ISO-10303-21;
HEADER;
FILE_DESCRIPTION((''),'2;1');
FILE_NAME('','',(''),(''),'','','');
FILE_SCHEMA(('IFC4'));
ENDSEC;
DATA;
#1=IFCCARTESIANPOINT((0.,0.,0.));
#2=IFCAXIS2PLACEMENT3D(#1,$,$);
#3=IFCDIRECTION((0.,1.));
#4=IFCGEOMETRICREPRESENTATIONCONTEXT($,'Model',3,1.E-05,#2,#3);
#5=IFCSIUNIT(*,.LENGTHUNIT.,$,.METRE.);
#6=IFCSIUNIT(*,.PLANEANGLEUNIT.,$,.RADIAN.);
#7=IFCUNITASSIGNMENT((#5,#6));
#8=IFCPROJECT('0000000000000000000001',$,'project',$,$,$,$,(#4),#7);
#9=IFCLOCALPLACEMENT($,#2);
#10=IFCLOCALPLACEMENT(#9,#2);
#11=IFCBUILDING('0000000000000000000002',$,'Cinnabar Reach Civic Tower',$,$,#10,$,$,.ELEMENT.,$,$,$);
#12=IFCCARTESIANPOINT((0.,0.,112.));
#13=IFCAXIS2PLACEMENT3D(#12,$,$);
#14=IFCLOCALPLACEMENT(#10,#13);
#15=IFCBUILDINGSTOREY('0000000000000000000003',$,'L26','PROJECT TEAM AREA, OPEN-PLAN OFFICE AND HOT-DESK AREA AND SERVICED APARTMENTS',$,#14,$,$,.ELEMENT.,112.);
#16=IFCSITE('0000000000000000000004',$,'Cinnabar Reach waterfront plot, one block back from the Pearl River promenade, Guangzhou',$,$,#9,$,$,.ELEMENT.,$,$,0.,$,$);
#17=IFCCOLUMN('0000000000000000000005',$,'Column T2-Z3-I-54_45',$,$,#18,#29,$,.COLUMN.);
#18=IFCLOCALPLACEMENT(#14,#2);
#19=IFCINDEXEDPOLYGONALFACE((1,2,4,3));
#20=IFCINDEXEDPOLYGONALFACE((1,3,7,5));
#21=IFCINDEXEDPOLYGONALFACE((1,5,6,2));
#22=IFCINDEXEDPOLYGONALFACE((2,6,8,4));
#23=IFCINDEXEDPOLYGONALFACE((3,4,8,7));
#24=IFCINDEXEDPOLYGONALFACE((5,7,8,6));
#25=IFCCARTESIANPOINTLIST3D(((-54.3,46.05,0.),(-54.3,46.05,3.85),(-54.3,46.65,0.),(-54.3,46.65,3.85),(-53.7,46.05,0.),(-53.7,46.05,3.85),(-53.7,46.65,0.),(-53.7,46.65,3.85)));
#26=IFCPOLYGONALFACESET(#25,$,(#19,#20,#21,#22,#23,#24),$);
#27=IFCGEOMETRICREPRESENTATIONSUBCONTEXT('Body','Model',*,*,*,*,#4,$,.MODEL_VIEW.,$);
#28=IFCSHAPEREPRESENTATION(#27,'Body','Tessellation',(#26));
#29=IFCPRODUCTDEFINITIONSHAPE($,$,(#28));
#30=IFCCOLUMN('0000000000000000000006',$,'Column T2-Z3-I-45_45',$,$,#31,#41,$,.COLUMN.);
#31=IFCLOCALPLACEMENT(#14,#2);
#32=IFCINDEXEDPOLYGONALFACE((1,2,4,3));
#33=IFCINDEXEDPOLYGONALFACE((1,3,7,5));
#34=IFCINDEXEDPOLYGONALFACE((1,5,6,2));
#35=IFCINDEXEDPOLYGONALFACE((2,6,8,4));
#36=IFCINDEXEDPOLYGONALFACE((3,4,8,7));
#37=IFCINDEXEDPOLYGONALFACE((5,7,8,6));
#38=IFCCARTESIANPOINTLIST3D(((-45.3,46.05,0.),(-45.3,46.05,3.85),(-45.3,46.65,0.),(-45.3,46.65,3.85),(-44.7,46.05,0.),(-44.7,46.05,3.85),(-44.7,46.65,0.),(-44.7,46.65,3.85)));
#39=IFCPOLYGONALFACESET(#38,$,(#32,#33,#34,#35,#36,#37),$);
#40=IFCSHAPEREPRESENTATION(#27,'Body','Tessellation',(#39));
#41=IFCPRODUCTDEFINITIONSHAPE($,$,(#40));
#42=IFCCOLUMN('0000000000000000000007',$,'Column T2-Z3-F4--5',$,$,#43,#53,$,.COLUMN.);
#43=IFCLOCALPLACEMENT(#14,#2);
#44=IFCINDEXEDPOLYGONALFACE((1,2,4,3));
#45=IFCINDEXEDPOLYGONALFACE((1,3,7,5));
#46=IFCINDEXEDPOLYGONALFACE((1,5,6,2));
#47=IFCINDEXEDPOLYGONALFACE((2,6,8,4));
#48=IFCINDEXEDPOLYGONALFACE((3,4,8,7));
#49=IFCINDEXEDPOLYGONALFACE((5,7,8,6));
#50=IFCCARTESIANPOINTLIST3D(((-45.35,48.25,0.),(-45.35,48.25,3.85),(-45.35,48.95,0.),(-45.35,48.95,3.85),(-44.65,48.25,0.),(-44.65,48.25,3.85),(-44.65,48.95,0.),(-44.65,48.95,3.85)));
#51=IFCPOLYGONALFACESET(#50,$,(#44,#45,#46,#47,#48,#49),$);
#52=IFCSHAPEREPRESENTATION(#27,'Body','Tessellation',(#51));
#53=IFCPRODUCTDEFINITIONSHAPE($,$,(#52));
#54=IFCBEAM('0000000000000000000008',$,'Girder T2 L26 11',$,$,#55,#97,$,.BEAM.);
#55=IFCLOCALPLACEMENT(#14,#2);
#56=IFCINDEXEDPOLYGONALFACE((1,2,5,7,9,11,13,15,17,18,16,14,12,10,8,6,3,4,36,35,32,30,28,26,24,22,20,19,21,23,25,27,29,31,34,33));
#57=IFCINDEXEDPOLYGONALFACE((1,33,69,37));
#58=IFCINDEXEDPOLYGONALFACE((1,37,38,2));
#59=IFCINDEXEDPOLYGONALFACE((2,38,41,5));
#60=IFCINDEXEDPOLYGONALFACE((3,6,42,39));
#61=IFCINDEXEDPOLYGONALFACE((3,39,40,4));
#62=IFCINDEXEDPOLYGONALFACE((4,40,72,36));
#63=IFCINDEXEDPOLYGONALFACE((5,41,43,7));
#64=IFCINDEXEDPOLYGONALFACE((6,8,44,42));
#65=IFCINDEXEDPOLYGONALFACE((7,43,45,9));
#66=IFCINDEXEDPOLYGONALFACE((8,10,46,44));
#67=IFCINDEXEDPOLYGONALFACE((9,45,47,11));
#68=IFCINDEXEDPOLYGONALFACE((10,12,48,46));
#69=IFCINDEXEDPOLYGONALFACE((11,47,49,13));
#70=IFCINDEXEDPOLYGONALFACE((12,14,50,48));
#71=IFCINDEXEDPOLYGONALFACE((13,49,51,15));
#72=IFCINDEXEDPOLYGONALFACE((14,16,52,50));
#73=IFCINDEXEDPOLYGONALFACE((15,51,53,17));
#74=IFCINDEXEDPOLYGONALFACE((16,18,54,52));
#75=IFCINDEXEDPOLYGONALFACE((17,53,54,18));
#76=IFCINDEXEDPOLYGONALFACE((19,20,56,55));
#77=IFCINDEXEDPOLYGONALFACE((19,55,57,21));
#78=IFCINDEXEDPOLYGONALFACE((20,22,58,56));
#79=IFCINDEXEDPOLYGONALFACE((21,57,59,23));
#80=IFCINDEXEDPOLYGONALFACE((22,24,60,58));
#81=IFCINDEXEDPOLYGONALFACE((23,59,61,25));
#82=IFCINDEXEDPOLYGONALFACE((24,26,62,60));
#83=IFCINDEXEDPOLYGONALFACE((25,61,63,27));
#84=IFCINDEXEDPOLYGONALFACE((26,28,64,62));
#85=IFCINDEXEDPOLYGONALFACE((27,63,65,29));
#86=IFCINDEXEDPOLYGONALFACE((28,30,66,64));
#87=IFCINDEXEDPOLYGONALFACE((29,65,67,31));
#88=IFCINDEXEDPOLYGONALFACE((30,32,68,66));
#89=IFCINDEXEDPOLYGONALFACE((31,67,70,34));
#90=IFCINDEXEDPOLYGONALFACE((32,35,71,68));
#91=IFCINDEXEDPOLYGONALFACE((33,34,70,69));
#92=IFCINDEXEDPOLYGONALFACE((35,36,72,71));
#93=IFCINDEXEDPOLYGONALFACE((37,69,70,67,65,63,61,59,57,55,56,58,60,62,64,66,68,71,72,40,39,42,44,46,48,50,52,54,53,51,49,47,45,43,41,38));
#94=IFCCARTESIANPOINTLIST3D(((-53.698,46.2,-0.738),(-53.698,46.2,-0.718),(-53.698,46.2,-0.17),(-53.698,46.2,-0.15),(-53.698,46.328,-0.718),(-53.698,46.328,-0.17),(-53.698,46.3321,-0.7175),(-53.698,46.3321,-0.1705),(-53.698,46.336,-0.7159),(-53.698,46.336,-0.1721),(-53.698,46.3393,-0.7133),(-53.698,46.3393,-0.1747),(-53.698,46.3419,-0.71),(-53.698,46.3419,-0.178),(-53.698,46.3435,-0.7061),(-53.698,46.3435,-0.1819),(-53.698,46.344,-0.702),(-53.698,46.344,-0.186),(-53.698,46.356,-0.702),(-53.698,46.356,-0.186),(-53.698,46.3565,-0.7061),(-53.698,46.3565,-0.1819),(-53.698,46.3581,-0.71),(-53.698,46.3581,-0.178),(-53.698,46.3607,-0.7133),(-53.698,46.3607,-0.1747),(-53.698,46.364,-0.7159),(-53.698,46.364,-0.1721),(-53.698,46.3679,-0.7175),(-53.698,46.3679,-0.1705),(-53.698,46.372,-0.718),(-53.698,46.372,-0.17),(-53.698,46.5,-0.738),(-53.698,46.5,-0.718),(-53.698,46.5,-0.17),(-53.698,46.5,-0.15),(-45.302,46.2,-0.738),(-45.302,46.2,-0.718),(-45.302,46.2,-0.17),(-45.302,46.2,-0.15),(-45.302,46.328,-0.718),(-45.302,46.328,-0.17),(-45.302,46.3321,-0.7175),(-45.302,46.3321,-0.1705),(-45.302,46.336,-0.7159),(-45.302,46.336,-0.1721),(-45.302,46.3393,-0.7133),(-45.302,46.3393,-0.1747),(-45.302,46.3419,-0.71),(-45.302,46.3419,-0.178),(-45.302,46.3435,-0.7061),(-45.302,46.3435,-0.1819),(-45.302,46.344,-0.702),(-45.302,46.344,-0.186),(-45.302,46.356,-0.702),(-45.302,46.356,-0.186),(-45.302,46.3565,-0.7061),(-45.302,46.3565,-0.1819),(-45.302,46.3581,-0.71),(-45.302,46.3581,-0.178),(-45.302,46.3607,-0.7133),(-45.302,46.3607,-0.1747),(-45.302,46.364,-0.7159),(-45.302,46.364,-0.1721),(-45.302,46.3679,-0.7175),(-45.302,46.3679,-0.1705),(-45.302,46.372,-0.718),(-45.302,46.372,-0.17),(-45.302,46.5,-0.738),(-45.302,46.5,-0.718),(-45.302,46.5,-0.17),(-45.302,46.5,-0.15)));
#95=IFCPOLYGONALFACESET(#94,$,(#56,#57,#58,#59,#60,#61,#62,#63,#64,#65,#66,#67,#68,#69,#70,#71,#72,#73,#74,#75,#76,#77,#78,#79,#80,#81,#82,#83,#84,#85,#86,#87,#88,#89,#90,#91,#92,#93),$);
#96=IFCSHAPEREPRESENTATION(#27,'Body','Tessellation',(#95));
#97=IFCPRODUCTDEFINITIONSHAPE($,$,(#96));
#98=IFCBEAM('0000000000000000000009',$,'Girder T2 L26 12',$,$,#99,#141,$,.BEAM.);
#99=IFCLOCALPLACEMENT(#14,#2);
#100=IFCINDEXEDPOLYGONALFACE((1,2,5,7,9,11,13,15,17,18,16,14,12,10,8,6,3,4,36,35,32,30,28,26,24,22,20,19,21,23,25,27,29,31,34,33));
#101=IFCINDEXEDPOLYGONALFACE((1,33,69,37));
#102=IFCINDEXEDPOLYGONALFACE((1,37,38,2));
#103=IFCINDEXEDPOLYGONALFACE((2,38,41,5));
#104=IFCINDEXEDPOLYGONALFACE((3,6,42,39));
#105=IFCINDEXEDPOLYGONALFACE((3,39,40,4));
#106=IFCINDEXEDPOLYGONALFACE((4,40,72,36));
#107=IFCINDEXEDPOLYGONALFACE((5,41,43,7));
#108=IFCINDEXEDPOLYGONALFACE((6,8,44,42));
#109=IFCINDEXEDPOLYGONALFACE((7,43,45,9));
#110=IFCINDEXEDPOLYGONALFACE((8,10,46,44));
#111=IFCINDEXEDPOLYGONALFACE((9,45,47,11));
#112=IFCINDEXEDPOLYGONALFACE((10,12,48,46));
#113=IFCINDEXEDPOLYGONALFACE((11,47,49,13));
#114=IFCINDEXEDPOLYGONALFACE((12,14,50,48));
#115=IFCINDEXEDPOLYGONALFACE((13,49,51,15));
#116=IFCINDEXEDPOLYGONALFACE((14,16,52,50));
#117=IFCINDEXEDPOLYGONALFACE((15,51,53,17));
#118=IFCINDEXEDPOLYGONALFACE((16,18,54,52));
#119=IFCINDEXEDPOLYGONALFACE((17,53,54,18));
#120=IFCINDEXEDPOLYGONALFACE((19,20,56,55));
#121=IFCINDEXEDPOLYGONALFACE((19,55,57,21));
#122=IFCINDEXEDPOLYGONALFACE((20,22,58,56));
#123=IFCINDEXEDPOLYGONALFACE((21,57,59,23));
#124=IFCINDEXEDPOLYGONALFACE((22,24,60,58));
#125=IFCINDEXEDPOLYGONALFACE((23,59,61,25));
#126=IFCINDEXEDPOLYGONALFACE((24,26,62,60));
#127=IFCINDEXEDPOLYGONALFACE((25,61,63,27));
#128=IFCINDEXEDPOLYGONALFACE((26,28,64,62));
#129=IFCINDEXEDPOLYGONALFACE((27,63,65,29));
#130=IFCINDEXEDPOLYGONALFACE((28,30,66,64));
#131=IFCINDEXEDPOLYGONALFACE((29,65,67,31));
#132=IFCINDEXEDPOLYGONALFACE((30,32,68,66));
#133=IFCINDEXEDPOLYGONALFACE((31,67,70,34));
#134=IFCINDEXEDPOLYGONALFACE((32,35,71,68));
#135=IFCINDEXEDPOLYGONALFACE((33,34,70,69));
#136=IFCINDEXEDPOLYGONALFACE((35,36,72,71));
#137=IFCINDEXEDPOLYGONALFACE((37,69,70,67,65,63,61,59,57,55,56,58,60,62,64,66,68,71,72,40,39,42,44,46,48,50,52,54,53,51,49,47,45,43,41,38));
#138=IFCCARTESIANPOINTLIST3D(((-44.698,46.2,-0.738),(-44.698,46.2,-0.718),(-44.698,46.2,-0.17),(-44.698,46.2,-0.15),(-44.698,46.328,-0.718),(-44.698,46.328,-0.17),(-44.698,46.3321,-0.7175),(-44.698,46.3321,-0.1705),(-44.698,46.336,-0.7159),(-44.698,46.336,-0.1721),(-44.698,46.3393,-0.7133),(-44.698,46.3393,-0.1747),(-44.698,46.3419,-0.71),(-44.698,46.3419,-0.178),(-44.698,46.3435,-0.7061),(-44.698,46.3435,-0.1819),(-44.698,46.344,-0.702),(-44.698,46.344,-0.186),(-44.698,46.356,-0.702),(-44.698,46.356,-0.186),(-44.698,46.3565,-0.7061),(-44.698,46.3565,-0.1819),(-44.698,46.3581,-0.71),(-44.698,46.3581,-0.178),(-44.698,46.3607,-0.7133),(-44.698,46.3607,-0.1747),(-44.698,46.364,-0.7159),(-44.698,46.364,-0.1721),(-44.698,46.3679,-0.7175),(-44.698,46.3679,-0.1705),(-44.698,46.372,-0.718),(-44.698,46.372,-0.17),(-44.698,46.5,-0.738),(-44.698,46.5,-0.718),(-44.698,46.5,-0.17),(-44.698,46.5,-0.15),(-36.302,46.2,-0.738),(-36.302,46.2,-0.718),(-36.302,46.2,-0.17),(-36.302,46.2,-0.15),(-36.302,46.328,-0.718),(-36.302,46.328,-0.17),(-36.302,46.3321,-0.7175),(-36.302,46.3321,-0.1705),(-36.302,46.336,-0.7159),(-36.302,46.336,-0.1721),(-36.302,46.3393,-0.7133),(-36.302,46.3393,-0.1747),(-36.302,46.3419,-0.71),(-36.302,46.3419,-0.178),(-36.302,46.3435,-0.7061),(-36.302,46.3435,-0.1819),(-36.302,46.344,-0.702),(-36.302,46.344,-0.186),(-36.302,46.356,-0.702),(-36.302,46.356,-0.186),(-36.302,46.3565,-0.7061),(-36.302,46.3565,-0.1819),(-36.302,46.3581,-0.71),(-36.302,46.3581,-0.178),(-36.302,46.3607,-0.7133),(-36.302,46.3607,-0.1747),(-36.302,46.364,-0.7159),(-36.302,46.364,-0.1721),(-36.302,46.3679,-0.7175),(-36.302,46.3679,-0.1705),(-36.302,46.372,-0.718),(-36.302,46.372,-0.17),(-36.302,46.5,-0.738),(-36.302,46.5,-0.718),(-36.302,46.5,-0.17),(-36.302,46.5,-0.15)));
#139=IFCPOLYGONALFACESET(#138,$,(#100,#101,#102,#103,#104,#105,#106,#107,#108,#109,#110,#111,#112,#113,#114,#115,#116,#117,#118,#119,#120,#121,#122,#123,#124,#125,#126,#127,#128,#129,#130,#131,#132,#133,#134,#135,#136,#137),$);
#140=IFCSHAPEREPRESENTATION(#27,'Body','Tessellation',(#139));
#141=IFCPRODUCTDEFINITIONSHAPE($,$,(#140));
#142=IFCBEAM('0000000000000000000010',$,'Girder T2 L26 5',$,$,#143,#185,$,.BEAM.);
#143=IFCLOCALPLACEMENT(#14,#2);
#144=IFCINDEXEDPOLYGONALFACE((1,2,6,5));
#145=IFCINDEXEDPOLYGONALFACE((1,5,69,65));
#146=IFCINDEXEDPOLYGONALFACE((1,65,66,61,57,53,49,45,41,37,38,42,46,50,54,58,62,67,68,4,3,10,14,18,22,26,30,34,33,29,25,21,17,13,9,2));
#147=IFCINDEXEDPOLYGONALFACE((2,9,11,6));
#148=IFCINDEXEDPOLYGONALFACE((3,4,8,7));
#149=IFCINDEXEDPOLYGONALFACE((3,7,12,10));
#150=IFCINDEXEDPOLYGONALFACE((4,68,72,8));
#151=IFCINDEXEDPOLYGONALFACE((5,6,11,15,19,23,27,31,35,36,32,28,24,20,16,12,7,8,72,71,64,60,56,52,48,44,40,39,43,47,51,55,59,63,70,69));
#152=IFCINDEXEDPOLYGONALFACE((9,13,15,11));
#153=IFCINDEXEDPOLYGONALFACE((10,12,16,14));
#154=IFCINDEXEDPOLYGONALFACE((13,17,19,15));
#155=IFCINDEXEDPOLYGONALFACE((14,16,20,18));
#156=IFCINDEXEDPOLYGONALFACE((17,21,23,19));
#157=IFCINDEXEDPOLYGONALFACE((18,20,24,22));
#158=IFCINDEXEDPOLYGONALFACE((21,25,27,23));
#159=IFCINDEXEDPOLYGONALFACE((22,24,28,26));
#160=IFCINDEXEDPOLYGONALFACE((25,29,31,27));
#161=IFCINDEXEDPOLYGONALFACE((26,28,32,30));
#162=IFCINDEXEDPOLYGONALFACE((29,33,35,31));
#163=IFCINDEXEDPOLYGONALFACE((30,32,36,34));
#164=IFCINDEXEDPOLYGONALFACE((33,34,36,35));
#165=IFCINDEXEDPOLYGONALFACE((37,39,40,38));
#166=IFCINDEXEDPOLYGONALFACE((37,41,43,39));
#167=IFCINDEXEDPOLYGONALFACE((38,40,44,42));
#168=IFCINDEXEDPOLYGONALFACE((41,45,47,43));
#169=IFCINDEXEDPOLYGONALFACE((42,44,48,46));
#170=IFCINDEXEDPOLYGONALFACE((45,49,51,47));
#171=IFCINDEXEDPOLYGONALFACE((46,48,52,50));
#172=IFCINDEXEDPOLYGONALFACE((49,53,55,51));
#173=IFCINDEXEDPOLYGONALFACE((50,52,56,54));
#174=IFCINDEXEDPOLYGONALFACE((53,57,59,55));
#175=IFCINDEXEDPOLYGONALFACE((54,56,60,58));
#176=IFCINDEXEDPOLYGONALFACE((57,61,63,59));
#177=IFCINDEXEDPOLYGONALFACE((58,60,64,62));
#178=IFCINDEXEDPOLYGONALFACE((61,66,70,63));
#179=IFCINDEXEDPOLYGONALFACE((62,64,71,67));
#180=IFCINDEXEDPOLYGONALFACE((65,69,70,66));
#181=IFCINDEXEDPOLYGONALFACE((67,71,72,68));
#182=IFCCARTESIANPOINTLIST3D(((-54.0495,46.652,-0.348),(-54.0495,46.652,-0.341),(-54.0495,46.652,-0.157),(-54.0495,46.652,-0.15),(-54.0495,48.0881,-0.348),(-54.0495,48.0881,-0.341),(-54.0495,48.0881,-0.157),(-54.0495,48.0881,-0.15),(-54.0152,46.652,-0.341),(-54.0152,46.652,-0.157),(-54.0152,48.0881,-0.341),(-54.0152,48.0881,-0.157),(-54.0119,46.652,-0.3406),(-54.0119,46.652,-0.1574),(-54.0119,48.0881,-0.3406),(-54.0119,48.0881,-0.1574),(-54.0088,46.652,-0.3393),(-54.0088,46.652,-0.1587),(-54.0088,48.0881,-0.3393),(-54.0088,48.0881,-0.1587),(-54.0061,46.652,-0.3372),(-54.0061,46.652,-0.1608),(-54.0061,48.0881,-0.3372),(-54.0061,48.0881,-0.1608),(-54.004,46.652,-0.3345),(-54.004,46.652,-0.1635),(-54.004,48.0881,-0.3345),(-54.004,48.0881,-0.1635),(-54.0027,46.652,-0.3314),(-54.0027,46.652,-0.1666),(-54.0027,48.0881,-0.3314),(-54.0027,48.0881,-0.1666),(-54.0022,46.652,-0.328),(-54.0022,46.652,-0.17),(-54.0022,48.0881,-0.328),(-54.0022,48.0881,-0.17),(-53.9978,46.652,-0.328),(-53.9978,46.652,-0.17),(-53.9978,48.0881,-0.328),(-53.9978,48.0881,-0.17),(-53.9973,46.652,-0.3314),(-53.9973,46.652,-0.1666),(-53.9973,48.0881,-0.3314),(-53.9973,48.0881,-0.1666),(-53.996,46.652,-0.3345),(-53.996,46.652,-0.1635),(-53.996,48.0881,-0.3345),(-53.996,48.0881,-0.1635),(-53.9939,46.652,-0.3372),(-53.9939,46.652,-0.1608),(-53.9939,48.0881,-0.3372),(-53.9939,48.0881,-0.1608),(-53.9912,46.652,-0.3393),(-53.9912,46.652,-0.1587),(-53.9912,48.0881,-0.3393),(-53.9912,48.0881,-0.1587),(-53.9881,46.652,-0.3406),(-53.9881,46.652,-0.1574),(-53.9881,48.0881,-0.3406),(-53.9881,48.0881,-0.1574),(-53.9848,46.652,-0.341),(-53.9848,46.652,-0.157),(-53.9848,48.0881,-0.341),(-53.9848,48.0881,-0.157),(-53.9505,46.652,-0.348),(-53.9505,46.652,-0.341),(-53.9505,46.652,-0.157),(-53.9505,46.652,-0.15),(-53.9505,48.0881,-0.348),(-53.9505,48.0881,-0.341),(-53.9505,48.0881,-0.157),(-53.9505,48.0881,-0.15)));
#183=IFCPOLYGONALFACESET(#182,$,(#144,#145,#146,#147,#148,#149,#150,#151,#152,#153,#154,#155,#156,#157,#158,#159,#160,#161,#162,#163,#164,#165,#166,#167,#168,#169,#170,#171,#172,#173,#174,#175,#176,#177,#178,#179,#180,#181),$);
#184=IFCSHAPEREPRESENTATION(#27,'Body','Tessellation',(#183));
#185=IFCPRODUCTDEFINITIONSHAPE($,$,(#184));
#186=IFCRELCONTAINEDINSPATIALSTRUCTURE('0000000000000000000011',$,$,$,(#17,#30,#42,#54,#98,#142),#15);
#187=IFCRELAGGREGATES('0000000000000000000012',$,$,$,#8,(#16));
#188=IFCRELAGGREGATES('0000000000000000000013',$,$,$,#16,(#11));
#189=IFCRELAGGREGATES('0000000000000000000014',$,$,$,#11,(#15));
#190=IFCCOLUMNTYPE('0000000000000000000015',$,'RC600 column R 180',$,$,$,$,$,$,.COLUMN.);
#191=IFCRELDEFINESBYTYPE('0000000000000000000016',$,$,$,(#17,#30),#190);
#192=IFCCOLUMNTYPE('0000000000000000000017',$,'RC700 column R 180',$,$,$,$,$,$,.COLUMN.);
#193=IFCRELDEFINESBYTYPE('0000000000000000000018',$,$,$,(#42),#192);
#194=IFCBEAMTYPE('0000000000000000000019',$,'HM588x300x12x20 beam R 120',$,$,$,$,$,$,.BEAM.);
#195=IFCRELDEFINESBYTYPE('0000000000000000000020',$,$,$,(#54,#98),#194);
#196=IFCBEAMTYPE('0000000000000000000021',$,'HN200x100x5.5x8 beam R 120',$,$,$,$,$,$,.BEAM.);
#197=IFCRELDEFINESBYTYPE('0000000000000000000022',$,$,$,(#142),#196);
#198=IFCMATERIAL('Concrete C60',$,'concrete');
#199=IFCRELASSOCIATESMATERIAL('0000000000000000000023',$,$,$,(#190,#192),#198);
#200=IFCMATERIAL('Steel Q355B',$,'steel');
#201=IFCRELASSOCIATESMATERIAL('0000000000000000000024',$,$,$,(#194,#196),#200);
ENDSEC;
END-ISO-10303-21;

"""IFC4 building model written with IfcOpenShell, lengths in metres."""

from ifc_helpers import new_model, si_unit, direction, frame, origin, origin_2d, place, context, subcontext, project, spatial, rectangle, i_section, extrude, material, material_profile, profile_set, type_object, element, save


model = new_model("IFC4")

# Units and contexts
model_context = context("Model", 3, precision=1e-05, world=origin(), true_north=direction((0.0, 1.0)))
body_context = subcontext(model_context, "Body", "Model", "MODEL_VIEW")
ifc_project = project(units=[si_unit("LENGTHUNIT", "METRE"), si_unit("PLANEANGLEUNIT", "RADIAN")], contexts=[model_context])

# Site, building, storey
site_placement = place(None, origin())
site = spatial("IfcSite", under=ifc_project, at=site_placement, Name="Cinnabar Reach waterfront plot, one block back from the Pearl River promenade, Guangzhou", CompositionType="ELEMENT", RefElevation=0.0)
building_placement = place(site_placement, origin())
building = spatial("IfcBuilding", under=site, at=building_placement, Name="Cinnabar Reach Civic Tower", CompositionType="ELEMENT")
storey_placement = place(building_placement, frame((0.0, 0.0, 112.0)))
storey = spatial("IfcBuildingStorey", under=building, at=storey_placement, Name="L26", Description="PROJECT TEAM AREA, OPEN-PLAN OFFICE AND HOT-DESK AREA AND SERVICED APARTMENTS", CompositionType="ELEMENT", Elevation=112.0)

# Columns
ifc_material_1 = material(Name="Concrete C60", Category="concrete")
ifc_material_profile_1 = material_profile(ifc_material_1, rectangle(XDim=0.6, YDim=0.6, at=origin_2d()), Name="RC600")
ifc_profile_set_1 = profile_set([ifc_material_profile_1], Name="Concrete C60")
column_type_1 = type_object("IfcColumnType", Name="RC600 column R 180", PredefinedType="COLUMN", material=ifc_profile_set_1)
for number, where, z_axis, x_axis, name in (
    (1, (-54.0, 46.35, 0.0), (0.0, 0.0, 1.0), (1.0, 0.0, 0.0), "Column T2-Z3-I-54_45"),
    (2, (-45.0, 46.35, 0.0), (0.0, 0.0, 1.0), (1.0, 0.0, 0.0), "Column T2-Z3-I-45_45"),
):
    element("IfcColumn", number, at=place(storey_placement, frame(where, z_axis=z_axis, x_axis=x_axis)), inside=storey, type_object=column_type_1, Name=name, PredefinedType="COLUMN", context=body_context, shape_type="SweptSolid", body=[
        extrude(rectangle(XDim=0.6, YDim=0.6, at=origin_2d()), origin(), (0.0, 0.0, 1.0), 3.85),
    ])
ifc_material_profile_2 = material_profile(ifc_material_1, rectangle(XDim=0.7, YDim=0.7, at=origin_2d()), Name="RC700")
ifc_profile_set_2 = profile_set([ifc_material_profile_2], Name="Concrete C60")
column_type_2 = type_object("IfcColumnType", Name="RC700 column R 180", PredefinedType="COLUMN", material=ifc_profile_set_2)
column_placement = place(storey_placement, frame((-45.0, 48.6, 0.0), z_axis=(0.0, 0.0, 1.0), x_axis=(1.0, 0.0, 0.0)))
element("IfcColumn", 3, at=column_placement, inside=storey, type_object=column_type_2, Name="Column T2-Z3-F4--5", PredefinedType="COLUMN", context=body_context, shape_type="SweptSolid", body=[
    extrude(rectangle(XDim=0.7, YDim=0.7, at=origin_2d()), origin(), (0.0, 0.0, 1.0), 3.85),
])

# Beams
ifc_material_2 = material(Name="Steel Q355B", Category="steel")
ifc_material_profile_3 = material_profile(ifc_material_2, i_section(OverallWidth=0.3, OverallDepth=0.588, WebThickness=0.012, FlangeThickness=0.02, FilletRadius=0.016, at=origin_2d()), Name="HM588x300x12x20")
ifc_profile_set_3 = profile_set([ifc_material_profile_3], Name="Steel Q355B")
beam_type_1 = type_object("IfcBeamType", Name="HM588x300x12x20 beam R 120", PredefinedType="BEAM", material=ifc_profile_set_3)
for number, where, z_axis, x_axis, name in (
    (4, (-53.698, 46.35, -0.444), (1.0, 0.0, 0.0), (0.0, 1.0, 0.0), "Girder T2 L26 11"),
    (5, (-44.698, 46.35, -0.444), (1.0, 0.0, 0.0), (0.0, 1.0, 0.0), "Girder T2 L26 12"),
):
    element("IfcBeam", number, at=place(storey_placement, frame(where, z_axis=z_axis, x_axis=x_axis)), inside=storey, type_object=beam_type_1, Name=name, PredefinedType="BEAM", context=body_context, shape_type="SweptSolid", body=[
        extrude(i_section(OverallWidth=0.3, OverallDepth=0.588, WebThickness=0.012, FlangeThickness=0.02, FilletRadius=0.016, at=origin_2d()), origin(), (0.0, 0.0, 1.0), 8.396),
    ])
ifc_material_profile_4 = material_profile(ifc_material_2, i_section(OverallWidth=0.099, OverallDepth=0.198, WebThickness=0.0045, FlangeThickness=0.007, FilletRadius=0.013, at=origin_2d()), Name="HN200x100x5.5x8")
ifc_profile_set_4 = profile_set([ifc_material_profile_4], Name="Steel Q355B")
beam_type_2 = type_object("IfcBeamType", Name="HN200x100x5.5x8 beam R 120", PredefinedType="BEAM", material=ifc_profile_set_4)
beam_1_placement = place(storey_placement, frame((-54.0, 46.652, -0.249), z_axis=(0.0, 1.0, 0.0), x_axis=(-1.0, 0.0, 0.0)))
element("IfcBeam", 6, at=beam_1_placement, inside=storey, type_object=beam_type_2, Name="Girder T2 L26 5", PredefinedType="BEAM", context=body_context, shape_type="SweptSolid", body=[
    extrude(i_section(OverallWidth=0.099, OverallDepth=0.198, WebThickness=0.0045, FlangeThickness=0.007, FilletRadius=0.013, at=origin_2d()), origin(), (0.0, 0.0, 1.0), 1.4361),
])

save(model, "model.ifc")
